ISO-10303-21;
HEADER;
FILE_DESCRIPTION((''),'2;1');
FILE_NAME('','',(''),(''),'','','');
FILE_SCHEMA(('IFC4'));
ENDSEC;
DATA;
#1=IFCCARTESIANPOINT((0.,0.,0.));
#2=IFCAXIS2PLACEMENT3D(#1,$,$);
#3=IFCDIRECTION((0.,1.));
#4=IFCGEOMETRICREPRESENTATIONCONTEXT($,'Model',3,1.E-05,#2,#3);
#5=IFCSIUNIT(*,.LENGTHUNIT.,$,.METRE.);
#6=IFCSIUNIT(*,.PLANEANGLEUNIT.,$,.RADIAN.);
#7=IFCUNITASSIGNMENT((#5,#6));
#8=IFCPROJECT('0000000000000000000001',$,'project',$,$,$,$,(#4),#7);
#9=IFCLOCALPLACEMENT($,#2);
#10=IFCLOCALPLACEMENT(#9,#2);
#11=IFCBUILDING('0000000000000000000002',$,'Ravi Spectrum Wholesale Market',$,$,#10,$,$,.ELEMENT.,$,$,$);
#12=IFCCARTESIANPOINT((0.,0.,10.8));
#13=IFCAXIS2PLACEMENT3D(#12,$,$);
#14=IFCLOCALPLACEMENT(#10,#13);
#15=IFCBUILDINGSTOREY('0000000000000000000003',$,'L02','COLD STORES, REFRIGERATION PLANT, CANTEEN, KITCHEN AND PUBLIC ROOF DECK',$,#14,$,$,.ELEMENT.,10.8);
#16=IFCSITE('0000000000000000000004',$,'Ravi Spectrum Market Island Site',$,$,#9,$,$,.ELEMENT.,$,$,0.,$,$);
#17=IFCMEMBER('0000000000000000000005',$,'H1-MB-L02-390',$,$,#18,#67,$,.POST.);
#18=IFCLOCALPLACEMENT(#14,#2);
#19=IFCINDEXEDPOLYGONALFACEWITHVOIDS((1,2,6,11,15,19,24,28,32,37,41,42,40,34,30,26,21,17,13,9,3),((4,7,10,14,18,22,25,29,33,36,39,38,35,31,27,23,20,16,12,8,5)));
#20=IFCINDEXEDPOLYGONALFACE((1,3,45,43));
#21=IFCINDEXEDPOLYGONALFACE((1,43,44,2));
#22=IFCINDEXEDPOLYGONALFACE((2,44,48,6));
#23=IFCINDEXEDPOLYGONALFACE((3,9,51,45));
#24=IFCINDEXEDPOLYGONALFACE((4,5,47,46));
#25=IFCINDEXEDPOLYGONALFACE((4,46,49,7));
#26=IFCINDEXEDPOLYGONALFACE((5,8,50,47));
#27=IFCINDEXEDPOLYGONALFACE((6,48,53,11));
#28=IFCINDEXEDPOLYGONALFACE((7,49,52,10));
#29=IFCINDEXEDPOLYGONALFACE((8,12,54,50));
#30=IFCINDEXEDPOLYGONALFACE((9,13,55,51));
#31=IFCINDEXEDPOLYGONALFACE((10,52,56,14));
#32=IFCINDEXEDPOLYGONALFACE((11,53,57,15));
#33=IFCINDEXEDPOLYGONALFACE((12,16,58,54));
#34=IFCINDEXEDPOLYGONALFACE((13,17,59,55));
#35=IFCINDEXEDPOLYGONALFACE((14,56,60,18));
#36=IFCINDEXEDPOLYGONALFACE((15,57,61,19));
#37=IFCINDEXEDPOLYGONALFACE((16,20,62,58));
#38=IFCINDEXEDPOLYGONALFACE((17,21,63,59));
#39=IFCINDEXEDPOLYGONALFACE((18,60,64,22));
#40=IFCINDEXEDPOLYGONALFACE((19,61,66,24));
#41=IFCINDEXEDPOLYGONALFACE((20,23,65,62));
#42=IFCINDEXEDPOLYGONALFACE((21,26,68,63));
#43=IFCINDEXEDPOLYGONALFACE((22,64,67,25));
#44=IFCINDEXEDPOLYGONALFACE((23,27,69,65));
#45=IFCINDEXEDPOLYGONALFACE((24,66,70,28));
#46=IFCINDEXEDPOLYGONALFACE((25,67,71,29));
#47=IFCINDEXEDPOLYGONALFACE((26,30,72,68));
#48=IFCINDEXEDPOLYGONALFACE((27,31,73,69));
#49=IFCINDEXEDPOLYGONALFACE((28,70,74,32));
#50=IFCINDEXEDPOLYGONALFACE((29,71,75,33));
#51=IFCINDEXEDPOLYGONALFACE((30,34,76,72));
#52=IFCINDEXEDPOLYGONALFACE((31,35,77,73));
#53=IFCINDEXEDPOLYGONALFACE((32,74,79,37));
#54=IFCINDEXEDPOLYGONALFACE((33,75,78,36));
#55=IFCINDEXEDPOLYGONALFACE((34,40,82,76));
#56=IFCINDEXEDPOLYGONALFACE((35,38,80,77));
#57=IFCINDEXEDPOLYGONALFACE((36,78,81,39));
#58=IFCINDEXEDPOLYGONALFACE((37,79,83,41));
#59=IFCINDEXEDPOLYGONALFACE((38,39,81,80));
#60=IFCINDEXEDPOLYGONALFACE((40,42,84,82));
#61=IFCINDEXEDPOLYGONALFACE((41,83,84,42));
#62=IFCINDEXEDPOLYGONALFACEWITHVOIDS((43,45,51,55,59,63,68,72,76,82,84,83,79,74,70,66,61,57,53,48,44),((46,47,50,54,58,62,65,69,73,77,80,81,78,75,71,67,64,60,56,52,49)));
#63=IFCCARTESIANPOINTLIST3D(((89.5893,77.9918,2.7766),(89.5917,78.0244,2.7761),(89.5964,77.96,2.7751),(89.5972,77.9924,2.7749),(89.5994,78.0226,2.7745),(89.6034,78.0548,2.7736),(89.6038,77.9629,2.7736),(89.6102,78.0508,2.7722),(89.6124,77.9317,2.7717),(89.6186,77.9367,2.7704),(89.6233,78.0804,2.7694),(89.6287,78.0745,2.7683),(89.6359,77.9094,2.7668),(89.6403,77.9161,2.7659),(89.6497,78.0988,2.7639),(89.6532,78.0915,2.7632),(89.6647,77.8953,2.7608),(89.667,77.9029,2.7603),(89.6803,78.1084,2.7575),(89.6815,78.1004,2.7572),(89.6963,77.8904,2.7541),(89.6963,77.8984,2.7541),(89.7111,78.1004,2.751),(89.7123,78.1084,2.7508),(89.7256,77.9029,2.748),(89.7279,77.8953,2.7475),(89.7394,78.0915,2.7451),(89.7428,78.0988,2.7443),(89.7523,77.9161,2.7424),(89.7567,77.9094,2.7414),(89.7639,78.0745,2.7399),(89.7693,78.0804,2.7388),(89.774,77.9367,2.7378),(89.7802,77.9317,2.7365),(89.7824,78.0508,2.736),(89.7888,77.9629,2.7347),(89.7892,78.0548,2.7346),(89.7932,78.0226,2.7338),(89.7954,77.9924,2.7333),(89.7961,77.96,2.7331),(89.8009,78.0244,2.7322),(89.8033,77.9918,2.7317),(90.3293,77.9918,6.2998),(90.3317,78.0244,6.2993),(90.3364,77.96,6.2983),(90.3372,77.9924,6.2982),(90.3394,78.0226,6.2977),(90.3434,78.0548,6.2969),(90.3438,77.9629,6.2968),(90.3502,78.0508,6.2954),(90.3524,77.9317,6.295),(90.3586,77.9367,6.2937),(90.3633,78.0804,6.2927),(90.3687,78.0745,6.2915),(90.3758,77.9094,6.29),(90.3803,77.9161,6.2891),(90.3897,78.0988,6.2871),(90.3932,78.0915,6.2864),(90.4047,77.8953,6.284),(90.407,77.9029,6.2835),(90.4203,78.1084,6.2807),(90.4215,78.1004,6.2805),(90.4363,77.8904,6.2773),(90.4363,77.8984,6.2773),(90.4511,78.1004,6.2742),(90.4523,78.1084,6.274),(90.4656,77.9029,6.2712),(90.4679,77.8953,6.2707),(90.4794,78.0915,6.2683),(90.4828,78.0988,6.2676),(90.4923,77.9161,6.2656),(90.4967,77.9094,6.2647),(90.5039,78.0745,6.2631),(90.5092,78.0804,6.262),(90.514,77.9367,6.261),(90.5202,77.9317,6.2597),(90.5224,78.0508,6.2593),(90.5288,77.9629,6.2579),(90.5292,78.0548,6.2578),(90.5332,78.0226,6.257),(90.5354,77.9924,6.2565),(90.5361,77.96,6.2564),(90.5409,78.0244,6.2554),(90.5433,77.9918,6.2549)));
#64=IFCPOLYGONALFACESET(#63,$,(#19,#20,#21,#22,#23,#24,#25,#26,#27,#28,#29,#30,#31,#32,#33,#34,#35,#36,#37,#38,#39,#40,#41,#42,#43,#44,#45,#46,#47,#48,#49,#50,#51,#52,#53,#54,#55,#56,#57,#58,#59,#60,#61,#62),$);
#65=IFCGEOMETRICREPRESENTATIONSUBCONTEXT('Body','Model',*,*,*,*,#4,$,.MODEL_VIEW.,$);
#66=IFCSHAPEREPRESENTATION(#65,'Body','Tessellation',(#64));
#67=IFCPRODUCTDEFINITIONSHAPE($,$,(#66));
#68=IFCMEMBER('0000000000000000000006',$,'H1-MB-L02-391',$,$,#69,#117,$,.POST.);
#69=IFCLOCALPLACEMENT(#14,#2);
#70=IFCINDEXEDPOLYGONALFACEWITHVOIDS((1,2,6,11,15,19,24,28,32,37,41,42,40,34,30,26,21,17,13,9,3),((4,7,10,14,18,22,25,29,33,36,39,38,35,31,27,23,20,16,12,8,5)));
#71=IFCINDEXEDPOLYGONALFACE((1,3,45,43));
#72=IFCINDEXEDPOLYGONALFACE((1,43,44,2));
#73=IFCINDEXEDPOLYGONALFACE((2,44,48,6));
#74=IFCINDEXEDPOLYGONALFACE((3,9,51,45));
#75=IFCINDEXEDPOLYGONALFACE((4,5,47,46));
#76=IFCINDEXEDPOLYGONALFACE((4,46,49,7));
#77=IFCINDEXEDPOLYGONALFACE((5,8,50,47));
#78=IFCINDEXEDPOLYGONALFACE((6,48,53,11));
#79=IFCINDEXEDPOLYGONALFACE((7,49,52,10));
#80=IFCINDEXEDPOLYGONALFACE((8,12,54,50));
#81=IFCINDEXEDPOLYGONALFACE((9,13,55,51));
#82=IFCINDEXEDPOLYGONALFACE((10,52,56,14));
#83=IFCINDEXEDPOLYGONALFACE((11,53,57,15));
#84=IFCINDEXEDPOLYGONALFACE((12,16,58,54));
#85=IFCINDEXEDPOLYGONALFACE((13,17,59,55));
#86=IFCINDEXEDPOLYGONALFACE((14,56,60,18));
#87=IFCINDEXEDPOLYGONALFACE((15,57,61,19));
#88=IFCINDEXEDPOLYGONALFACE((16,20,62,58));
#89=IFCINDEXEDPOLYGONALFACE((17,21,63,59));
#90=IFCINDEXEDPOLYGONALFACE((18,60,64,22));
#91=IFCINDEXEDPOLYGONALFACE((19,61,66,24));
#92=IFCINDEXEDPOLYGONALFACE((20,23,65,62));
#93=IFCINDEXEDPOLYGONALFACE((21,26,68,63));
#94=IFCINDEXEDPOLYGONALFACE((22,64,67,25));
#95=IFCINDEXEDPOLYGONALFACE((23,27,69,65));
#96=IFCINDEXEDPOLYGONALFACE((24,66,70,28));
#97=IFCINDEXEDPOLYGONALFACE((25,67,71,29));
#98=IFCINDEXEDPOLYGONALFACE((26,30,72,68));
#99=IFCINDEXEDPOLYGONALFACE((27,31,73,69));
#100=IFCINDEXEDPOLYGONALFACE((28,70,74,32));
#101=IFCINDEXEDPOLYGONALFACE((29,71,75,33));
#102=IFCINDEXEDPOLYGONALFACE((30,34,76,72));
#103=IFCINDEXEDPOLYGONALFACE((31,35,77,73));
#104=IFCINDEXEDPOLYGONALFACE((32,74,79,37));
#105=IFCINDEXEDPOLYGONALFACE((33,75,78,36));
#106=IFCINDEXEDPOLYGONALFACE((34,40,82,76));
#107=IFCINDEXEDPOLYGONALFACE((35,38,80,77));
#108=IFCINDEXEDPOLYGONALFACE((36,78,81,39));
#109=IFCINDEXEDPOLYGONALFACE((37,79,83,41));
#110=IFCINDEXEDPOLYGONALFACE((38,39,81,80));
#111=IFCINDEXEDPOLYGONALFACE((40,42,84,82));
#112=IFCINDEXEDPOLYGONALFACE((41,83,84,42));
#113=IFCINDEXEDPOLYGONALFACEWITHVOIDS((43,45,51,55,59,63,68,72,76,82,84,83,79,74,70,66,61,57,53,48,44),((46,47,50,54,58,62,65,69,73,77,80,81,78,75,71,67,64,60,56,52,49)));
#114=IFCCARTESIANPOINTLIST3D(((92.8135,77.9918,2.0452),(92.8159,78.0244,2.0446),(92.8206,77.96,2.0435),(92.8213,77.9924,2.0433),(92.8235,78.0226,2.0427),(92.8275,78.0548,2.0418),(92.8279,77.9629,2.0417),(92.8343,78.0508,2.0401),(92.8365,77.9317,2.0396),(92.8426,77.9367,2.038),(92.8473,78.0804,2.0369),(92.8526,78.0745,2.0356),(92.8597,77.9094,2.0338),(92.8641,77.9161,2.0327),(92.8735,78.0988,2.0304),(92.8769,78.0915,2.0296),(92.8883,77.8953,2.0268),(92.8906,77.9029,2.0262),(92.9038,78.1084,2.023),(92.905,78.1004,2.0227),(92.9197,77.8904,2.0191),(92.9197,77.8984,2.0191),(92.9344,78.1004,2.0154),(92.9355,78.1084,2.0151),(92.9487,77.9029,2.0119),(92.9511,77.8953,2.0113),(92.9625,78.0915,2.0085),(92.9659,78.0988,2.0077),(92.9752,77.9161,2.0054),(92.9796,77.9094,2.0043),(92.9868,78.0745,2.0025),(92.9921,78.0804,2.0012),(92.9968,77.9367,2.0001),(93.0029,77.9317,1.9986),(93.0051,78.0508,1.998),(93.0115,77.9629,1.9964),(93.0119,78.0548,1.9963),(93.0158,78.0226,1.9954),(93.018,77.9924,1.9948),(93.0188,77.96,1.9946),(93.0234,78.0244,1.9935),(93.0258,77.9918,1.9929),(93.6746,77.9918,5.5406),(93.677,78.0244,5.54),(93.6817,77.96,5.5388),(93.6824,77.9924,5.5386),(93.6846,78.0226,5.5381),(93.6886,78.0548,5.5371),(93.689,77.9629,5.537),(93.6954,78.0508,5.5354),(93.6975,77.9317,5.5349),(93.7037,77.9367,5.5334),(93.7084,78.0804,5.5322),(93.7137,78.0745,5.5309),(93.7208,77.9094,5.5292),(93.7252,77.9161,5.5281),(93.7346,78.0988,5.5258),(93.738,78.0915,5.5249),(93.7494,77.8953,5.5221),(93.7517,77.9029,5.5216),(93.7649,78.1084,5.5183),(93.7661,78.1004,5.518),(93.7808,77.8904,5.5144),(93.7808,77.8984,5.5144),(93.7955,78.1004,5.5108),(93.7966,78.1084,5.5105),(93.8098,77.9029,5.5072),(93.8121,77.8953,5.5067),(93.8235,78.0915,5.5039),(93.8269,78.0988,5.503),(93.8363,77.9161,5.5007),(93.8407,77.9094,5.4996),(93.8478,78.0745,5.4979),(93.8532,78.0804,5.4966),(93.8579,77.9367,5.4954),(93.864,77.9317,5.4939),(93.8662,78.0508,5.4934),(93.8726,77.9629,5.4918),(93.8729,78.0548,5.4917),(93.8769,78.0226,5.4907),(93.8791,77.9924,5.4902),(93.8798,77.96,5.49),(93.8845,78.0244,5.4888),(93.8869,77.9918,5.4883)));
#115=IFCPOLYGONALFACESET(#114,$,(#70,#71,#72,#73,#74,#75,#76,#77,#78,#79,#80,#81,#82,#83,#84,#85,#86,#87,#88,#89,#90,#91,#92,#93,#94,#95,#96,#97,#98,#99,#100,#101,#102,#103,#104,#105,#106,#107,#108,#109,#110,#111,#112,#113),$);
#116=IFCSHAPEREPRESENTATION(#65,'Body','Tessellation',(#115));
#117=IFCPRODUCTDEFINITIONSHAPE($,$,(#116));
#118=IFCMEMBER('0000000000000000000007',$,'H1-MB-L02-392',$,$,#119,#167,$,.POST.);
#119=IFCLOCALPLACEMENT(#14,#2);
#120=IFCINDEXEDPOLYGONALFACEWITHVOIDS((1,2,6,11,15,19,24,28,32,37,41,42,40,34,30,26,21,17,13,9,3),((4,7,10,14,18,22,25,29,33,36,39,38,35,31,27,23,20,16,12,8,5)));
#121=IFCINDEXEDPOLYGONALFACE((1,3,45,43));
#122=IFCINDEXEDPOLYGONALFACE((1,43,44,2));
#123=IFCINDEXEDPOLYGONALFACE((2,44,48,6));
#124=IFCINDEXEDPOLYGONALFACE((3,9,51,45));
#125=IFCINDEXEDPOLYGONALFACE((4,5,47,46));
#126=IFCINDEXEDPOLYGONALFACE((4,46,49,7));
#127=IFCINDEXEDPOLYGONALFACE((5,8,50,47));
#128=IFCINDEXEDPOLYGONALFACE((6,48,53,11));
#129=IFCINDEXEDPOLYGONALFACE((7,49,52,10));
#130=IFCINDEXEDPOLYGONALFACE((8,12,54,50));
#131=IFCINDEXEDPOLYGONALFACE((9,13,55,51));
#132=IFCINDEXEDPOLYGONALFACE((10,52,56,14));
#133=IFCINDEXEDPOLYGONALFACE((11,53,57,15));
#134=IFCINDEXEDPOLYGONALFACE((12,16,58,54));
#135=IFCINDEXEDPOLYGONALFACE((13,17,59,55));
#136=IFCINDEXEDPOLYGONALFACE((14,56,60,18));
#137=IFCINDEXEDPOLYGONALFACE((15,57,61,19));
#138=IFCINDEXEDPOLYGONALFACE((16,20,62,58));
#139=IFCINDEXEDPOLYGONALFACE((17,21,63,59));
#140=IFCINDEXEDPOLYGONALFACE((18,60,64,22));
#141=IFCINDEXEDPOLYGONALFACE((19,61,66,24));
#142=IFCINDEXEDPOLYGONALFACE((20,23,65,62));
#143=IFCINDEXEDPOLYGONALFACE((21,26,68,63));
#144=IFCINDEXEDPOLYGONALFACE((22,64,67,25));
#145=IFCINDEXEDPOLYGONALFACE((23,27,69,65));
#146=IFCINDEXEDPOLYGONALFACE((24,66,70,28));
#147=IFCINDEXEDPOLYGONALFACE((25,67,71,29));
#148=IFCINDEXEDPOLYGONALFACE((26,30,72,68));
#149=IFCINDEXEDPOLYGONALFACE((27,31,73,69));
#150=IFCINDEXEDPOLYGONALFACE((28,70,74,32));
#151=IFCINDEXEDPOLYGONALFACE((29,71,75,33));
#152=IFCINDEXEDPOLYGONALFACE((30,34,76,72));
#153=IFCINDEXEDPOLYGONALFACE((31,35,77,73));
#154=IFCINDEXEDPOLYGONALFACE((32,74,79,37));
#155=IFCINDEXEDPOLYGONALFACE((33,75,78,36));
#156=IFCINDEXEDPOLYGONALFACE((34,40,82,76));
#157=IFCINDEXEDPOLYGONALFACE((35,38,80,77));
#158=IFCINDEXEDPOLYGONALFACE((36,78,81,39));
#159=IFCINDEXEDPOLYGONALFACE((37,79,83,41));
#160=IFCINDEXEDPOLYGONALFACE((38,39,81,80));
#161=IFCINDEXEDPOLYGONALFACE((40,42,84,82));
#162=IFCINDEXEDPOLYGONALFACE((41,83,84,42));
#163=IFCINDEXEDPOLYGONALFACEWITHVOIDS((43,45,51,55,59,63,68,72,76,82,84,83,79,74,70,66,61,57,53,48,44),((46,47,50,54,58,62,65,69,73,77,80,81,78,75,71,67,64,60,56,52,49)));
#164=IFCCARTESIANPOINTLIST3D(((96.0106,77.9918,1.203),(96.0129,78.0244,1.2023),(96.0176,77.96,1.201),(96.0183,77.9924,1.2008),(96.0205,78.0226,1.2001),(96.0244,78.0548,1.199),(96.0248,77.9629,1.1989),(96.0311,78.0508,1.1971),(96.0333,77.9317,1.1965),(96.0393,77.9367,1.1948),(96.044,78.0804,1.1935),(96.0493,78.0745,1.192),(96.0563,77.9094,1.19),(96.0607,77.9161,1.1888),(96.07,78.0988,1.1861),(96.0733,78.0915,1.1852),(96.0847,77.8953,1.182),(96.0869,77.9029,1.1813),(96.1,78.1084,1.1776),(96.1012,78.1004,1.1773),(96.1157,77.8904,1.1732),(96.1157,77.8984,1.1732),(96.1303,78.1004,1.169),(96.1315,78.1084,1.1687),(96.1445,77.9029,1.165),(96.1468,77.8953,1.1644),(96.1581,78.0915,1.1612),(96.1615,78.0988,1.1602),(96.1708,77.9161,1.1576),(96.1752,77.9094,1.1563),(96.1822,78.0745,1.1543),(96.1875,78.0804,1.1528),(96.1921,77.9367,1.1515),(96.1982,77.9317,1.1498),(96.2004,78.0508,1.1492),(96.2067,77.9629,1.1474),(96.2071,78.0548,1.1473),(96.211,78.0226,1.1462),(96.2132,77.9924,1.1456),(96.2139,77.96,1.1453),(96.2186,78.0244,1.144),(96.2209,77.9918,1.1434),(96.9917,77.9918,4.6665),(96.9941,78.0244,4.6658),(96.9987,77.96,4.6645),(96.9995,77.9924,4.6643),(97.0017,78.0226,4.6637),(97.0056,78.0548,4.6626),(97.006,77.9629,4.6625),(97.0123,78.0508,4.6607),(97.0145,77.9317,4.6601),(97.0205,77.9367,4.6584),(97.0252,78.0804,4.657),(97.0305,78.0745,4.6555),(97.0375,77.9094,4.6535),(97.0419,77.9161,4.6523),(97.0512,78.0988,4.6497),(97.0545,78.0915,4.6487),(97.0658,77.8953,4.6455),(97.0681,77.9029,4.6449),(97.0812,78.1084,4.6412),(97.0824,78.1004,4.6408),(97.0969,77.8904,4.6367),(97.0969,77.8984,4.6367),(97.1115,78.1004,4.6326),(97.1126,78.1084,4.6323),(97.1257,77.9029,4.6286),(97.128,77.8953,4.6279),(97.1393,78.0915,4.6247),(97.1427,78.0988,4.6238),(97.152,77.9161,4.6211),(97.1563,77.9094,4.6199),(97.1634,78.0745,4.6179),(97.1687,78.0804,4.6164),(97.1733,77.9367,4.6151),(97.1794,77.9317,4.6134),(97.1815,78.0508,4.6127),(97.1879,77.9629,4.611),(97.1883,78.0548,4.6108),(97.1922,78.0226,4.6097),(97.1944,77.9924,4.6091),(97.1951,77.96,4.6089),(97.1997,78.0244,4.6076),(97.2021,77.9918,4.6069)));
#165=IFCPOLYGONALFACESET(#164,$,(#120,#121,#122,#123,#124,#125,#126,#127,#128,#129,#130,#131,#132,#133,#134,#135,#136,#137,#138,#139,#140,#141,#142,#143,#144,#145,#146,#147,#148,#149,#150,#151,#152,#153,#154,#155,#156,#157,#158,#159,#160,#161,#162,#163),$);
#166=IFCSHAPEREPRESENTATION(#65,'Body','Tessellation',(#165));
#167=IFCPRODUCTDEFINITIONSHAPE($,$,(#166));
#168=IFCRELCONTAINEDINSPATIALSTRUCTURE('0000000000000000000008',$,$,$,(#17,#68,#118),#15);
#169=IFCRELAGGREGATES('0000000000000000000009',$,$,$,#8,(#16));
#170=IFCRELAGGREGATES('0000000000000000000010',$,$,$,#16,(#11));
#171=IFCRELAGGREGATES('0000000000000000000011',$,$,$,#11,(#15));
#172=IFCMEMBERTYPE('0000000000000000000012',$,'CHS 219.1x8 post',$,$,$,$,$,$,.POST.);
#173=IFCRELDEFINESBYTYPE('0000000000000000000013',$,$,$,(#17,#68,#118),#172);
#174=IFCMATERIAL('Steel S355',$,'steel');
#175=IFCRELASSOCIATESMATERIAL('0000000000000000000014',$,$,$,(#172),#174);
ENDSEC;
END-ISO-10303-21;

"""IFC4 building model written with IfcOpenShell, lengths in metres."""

from ifc_helpers import new_model, si_unit, direction, frame, origin, origin_2d, place, context, subcontext, project, spatial, hollow_circle, extrude, material, material_profile, profile_set, type_object, element, save


model = new_model("IFC4")

# Units and contexts
model_context = context("Model", 3, precision=1e-05, world=origin(), true_north=direction((0.0, 1.0)))
body_context = subcontext(model_context, "Body", "Model", "MODEL_VIEW")
ifc_project = project(units=[si_unit("LENGTHUNIT", "METRE"), si_unit("PLANEANGLEUNIT", "RADIAN")], contexts=[model_context])

# Site, building, storey
site_placement = place(None, origin())
site = spatial("IfcSite", under=ifc_project, at=site_placement, Name="Ravi Spectrum Market Island Site", CompositionType="ELEMENT", RefElevation=0.0)
building_placement = place(site_placement, origin())
building = spatial("IfcBuilding", under=site, at=building_placement, Name="Ravi Spectrum Wholesale Market", CompositionType="ELEMENT")
storey_placement = place(building_placement, frame((0.0, 0.0, 10.8)))
storey = spatial("IfcBuildingStorey", under=building, at=storey_placement, Name="L02", Description="COLD STORES, REFRIGERATION PLANT, CANTEEN, KITCHEN AND PUBLIC ROOF DECK", CompositionType="ELEMENT", Elevation=10.8)

# Members
ifc_material_1 = material(Name="Steel S355", Category="steel")
ifc_material_profile_1 = material_profile(ifc_material_1, hollow_circle(Radius=0.1096, WallThickness=0.0081, at=origin_2d()))
ifc_profile_set_1 = profile_set([ifc_material_profile_1], Name="Steel S355")
member_type_1 = type_object("IfcMemberType", Name="CHS 219.1x8 post", PredefinedType="POST", material=ifc_profile_set_1)
for number, where, z_axis, x_axis, name in (
    (1, (90.4363, 78.0, 6.2773), (-0.205549, 0.0, -0.978647), (0.0, -1.0, 0.0), "H1-MB-L02-390"),
):
    element("IfcMember", number, at=place(storey_placement, frame(where, z_axis=z_axis, x_axis=x_axis)), inside=storey, type_object=member_type_1, Name=name, PredefinedType="POST", context=body_context, shape_type="SweptSolid", body=[
        extrude(hollow_circle(Radius=0.1096, WallThickness=0.0081, at=origin_2d()), origin(), (0.0, 0.0, 1.0), 3.6001),
    ])
for number, where, z_axis, x_axis, name in (
    (2, (93.7808, 78.0, 5.5144), (-0.239199, 0.0, -0.970971), (0.0, -1.0, 0.0), "H1-MB-L02-391"),
    (3, (97.0969, 78.0, 4.6367), (-0.272562, 0.0, -0.962138), (0.0, -1.0, 0.0), "H1-MB-L02-392"),
):
    element("IfcMember", number, at=place(storey_placement, frame(where, z_axis=z_axis, x_axis=x_axis)), inside=storey, type_object=member_type_1, Name=name, PredefinedType="POST", context=body_context, shape_type="SweptSolid", body=[
        extrude(hollow_circle(Radius=0.1096, WallThickness=0.0081, at=origin_2d()), origin(), (0.0, 0.0, 1.0), 3.5999),
    ])

save(model, "model.ifc")
